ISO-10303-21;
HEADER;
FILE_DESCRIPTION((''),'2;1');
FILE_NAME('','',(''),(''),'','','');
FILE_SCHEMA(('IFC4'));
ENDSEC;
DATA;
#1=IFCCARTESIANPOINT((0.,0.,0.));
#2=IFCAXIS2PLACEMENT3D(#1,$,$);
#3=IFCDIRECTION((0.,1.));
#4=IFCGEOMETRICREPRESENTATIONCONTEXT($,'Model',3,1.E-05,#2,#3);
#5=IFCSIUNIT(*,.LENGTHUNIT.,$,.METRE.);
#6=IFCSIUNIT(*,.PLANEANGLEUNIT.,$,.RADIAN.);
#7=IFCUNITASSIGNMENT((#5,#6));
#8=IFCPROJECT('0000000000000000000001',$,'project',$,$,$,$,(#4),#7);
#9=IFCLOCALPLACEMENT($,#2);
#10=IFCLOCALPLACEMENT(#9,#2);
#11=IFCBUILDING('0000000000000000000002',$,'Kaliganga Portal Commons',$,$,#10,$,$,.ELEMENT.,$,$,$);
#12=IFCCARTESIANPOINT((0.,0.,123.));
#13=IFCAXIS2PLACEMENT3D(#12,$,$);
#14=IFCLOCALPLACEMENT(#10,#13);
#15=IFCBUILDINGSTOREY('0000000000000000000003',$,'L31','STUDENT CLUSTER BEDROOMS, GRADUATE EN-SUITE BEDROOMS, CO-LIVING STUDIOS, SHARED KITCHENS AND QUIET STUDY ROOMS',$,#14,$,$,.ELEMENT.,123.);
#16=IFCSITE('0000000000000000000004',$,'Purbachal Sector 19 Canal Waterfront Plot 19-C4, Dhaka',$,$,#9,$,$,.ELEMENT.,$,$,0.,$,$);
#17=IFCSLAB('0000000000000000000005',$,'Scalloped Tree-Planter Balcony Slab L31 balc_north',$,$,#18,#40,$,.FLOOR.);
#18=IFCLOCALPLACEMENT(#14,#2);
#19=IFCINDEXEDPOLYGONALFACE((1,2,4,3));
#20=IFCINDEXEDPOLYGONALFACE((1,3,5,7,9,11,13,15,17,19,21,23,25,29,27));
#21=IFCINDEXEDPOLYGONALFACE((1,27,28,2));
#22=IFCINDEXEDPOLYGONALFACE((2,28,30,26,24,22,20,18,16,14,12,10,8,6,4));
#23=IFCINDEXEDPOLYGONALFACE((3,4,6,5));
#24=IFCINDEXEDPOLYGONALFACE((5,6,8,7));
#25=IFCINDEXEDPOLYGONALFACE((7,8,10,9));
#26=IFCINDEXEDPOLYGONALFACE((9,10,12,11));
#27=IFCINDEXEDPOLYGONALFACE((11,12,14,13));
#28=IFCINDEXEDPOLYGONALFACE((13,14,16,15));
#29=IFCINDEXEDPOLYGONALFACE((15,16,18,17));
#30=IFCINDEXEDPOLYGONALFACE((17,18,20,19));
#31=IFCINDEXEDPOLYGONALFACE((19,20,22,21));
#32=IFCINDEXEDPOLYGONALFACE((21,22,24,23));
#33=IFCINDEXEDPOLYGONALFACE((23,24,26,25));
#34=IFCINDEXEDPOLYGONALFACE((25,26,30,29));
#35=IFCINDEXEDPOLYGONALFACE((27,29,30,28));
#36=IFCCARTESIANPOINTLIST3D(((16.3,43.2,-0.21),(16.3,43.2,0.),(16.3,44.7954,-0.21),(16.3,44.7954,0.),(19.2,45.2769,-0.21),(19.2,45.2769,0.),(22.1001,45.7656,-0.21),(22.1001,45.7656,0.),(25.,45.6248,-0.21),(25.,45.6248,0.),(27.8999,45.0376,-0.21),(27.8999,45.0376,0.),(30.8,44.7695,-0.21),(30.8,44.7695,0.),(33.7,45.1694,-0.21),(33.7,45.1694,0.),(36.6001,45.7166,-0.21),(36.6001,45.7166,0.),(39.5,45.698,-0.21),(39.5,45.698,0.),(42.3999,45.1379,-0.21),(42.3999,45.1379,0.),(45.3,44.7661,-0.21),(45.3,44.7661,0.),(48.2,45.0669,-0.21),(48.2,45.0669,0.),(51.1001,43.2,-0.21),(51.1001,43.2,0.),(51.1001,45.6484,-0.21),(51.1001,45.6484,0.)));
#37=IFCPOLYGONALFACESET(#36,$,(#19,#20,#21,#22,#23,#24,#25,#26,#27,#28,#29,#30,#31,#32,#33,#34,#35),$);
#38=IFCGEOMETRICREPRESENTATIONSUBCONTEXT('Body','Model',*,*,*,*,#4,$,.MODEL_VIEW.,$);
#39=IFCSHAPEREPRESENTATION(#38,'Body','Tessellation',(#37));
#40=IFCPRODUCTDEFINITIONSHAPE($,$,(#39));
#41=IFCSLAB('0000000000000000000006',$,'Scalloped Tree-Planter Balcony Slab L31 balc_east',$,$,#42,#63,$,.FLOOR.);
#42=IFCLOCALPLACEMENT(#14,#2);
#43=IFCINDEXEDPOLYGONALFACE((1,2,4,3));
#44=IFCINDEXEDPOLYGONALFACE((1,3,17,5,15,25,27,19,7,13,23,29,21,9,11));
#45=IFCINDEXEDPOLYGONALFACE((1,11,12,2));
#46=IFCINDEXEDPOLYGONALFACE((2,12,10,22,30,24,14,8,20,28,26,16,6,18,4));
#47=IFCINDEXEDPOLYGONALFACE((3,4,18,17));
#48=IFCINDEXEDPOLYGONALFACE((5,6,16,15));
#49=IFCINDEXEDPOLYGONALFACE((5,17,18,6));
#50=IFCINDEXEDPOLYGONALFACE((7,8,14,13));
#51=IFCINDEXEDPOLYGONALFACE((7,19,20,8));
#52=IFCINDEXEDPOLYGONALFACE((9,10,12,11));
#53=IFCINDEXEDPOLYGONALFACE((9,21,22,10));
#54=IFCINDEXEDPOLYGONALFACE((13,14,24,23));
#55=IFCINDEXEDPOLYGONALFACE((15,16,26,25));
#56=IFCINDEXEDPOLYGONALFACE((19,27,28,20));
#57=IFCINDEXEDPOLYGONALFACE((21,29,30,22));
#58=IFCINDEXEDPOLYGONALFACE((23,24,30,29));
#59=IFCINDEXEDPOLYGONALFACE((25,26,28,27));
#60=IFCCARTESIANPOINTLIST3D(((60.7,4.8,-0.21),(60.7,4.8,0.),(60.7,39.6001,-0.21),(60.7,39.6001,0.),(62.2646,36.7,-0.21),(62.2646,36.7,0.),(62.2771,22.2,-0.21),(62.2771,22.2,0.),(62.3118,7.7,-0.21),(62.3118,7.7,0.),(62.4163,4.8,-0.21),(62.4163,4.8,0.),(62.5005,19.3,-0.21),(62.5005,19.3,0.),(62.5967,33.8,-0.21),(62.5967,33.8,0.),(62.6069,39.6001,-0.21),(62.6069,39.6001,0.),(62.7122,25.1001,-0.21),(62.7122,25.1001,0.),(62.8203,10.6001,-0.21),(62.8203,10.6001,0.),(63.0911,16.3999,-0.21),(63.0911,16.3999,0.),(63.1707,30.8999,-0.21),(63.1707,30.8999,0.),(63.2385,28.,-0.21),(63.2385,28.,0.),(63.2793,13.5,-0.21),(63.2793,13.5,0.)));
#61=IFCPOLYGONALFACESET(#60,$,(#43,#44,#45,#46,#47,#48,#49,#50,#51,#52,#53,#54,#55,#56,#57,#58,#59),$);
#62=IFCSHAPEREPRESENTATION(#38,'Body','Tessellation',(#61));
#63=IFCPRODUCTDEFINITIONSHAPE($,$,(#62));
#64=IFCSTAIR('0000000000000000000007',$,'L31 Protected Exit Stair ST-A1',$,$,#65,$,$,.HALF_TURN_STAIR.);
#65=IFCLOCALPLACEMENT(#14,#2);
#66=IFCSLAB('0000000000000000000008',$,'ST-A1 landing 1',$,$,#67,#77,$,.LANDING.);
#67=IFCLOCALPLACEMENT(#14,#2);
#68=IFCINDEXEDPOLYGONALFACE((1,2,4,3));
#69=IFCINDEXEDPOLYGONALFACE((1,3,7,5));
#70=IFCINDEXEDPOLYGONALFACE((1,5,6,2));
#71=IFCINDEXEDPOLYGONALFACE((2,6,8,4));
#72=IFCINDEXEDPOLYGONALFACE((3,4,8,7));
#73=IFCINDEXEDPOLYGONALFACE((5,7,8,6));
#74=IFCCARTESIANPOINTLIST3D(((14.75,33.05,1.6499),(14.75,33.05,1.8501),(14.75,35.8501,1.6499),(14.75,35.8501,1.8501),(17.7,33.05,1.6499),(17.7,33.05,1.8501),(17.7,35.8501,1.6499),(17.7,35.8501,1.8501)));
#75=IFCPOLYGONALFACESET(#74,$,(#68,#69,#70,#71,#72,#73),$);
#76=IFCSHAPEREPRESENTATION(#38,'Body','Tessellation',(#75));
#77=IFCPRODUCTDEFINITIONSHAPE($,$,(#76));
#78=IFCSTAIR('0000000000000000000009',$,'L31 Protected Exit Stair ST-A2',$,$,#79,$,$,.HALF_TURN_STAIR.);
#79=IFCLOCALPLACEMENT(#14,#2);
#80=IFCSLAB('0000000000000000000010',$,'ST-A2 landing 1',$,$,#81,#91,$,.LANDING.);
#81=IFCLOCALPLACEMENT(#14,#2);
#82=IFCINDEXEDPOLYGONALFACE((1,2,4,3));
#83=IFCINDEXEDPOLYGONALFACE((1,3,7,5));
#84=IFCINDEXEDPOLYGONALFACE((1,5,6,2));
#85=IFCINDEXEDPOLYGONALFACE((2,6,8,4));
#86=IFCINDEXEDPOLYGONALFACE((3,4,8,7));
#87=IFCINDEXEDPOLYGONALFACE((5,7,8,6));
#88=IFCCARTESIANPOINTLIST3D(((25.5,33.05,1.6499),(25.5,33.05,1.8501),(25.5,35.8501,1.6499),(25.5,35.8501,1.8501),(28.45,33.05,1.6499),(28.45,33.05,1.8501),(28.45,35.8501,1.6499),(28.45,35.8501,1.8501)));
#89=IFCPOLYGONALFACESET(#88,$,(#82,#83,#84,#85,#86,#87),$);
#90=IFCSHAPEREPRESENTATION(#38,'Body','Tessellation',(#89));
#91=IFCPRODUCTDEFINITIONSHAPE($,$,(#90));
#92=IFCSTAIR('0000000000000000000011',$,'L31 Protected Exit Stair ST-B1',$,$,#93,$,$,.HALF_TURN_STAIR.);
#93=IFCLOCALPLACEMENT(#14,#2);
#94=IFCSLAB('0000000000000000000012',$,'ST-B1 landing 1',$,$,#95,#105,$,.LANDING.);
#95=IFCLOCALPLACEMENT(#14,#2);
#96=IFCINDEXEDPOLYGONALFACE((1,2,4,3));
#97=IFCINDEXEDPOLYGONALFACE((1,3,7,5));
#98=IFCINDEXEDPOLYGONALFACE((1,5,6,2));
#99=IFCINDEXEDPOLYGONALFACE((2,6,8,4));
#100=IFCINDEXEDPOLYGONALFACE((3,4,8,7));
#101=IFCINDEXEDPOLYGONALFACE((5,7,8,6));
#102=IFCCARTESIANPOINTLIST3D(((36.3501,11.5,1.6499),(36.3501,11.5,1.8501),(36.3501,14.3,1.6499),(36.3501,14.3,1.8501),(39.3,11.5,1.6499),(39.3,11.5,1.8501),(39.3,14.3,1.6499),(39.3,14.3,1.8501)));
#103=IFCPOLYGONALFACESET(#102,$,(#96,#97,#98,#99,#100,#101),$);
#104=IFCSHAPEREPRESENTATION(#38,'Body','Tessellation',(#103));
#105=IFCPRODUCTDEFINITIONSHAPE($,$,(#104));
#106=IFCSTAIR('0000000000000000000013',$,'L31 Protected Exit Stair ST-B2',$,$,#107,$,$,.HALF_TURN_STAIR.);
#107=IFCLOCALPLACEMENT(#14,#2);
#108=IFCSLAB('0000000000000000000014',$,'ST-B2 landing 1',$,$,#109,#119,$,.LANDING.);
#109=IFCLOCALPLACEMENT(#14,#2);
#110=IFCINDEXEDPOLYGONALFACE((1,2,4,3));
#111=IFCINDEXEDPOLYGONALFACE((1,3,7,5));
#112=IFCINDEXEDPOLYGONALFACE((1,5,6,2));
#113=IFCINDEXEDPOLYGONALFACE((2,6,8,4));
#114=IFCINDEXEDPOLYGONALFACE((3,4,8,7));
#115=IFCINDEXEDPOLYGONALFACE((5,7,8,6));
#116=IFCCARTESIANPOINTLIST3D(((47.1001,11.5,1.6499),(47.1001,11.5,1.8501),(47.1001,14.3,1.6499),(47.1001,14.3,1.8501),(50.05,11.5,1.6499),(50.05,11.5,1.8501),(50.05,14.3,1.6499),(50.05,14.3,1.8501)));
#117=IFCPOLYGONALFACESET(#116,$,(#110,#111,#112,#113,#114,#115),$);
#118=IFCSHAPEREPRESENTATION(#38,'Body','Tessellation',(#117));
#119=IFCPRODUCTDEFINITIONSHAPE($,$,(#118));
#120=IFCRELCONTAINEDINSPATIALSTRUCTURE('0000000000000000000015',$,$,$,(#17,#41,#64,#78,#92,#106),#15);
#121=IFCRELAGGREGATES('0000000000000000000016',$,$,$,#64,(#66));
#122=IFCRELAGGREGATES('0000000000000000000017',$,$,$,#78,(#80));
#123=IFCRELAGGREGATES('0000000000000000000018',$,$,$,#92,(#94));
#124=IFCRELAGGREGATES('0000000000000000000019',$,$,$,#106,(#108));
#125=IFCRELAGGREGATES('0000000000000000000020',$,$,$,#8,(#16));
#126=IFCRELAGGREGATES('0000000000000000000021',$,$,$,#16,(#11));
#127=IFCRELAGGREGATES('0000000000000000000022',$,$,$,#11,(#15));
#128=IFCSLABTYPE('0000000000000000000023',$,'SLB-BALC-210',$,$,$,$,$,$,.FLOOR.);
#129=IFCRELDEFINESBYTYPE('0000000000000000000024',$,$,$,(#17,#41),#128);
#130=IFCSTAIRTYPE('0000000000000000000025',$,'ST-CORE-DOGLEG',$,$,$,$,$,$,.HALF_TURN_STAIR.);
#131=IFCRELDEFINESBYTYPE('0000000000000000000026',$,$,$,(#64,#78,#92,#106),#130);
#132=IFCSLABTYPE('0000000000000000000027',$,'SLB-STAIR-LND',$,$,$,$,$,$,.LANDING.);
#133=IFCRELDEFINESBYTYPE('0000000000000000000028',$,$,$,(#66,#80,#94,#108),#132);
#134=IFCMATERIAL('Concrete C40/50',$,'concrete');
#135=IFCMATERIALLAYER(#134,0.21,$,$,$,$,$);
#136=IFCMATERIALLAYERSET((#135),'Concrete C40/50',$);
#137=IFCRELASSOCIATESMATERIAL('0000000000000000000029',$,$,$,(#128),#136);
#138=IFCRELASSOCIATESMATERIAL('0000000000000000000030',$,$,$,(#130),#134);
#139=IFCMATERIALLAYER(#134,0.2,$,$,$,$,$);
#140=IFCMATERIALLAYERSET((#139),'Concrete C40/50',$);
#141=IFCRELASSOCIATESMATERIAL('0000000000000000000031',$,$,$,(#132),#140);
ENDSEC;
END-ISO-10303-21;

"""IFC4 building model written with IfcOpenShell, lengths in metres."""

from ifc_helpers import new_model, si_unit, direction, frame, origin, place, context, subcontext, project, spatial, polyline, outline, extrude, material, layer, layer_set, type_object, element, aggregate, save


model = new_model("IFC4")

# Units and contexts
model_context = context("Model", 3, precision=1e-05, world=origin(), true_north=direction((0.0, 1.0)))
body_context = subcontext(model_context, "Body", "Model", "MODEL_VIEW")
ifc_project = project(units=[si_unit("LENGTHUNIT", "METRE"), si_unit("PLANEANGLEUNIT", "RADIAN")], contexts=[model_context])

# Site, building, storey
site_placement = place(None, origin())
site = spatial("IfcSite", under=ifc_project, at=site_placement, Name="Purbachal Sector 19 Canal Waterfront Plot 19-C4, Dhaka", CompositionType="ELEMENT", RefElevation=0.0)
building_placement = place(site_placement, origin())
building = spatial("IfcBuilding", under=site, at=building_placement, Name="Kaliganga Portal Commons", CompositionType="ELEMENT")
storey_placement = place(building_placement, frame((0.0, 0.0, 123.0)))
storey = spatial("IfcBuildingStorey", under=building, at=storey_placement, Name="L31", Description="STUDENT CLUSTER BEDROOMS, GRADUATE EN-SUITE BEDROOMS, CO-LIVING STUDIOS, SHARED KITCHENS AND QUIET STUDY ROOMS", CompositionType="ELEMENT", Elevation=123.0)

# Slabs
ifc_material_1 = material(Name="Concrete C40/50", Category="concrete")
ifc_layer_1 = layer(ifc_material_1, 0.21)
ifc_layer_set_1 = layer_set([ifc_layer_1], Name="Concrete C40/50")
slab_type_1 = type_object("IfcSlabType", Name="SLB-BALC-210", PredefinedType="FLOOR", material=ifc_layer_set_1)
slab_1_placement = place(storey_placement, frame((0.0, 0.0, -0.21)))
element("IfcSlab", 1, at=slab_1_placement, inside=storey, type_object=slab_type_1, Name="Scalloped Tree-Planter Balcony Slab L31 balc_north", PredefinedType="FLOOR", context=body_context, shape_type="SweptSolid", body=[
    extrude(outline(polyline([(51.1001, 43.2), (51.1001, 45.6484), (48.2, 45.0669), (45.3, 44.7661), (42.3999, 45.1379), (39.5, 45.698), (36.6001, 45.7166), (33.7, 45.1694), (30.8, 44.7695), (27.8999, 45.0376), (25.0, 45.6248), (22.1001, 45.7656), (19.2, 45.2769), (16.3, 44.7954), (16.3, 43.2), (51.1001, 43.2)])), origin(), (0.0, 0.0, 1.0), 0.21),
])
slab_2_placement = place(storey_placement, frame((0.0, 0.0, -0.21)))
element("IfcSlab", 2, at=slab_2_placement, inside=storey, type_object=slab_type_1, Name="Scalloped Tree-Planter Balcony Slab L31 balc_east", PredefinedType="FLOOR", context=body_context, shape_type="SweptSolid", body=[
    extrude(outline(polyline([(60.7, 4.8), (62.4163, 4.8), (62.3118, 7.7), (62.8203, 10.6001), (63.2793, 13.5), (63.0911, 16.3999), (62.5005, 19.3), (62.2771, 22.2), (62.7122, 25.1001), (63.2385, 28.0), (63.1707, 30.8999), (62.5967, 33.8), (62.2646, 36.7), (62.6069, 39.6001), (60.7, 39.6001), (60.7, 4.8)])), origin(), (0.0, 0.0, 1.0), 0.21),
])

# Stairs, slabs
stair_type = type_object("IfcStairType", Name="ST-CORE-DOGLEG", PredefinedType="HALF_TURN_STAIR", material=ifc_material_1)
stair_1_placement = place(storey_placement, origin())
stair_1 = element("IfcStair", 3, at=stair_1_placement, inside=storey, type_object=stair_type, Name="L31 Protected Exit Stair ST-A1", PredefinedType="HALF_TURN_STAIR")
ifc_layer_2 = layer(ifc_material_1, 0.2)
ifc_layer_set_2 = layer_set([ifc_layer_2], Name="Concrete C40/50")
slab_type_2 = type_object("IfcSlabType", Name="SLB-STAIR-LND", PredefinedType="LANDING", material=ifc_layer_set_2)
slab_3_placement = place(storey_placement, frame((0.0, 0.0, 1.6499)))
slab_3 = element("IfcSlab", 4, at=slab_3_placement, type_object=slab_type_2, Name="ST-A1 landing 1", PredefinedType="LANDING", context=body_context, shape_type="SweptSolid", body=[
    extrude(outline(polyline([(17.7, 33.05), (17.7, 35.8501), (14.75, 35.8501), (14.75, 33.05), (17.7, 33.05)])), origin(), (0.0, 0.0, 1.0), 0.2002),
])
aggregate(stair_1, [slab_3])
stair_2_placement = place(storey_placement, origin())
stair_2 = element("IfcStair", 5, at=stair_2_placement, inside=storey, type_object=stair_type, Name="L31 Protected Exit Stair ST-A2", PredefinedType="HALF_TURN_STAIR")
slab_4_placement = place(storey_placement, frame((0.0, 0.0, 1.6499)))
slab_4 = element("IfcSlab", 6, at=slab_4_placement, type_object=slab_type_2, Name="ST-A2 landing 1", PredefinedType="LANDING", context=body_context, shape_type="SweptSolid", body=[
    extrude(outline(polyline([(28.45, 33.05), (28.45, 35.8501), (25.5, 35.8501), (25.5, 33.05), (28.45, 33.05)])), origin(), (0.0, 0.0, 1.0), 0.2002),
])
aggregate(stair_2, [slab_4])
stair_3_placement = place(storey_placement, origin())
stair_3 = element("IfcStair", 7, at=stair_3_placement, inside=storey, type_object=stair_type, Name="L31 Protected Exit Stair ST-B1", PredefinedType="HALF_TURN_STAIR")
slab_5_placement = place(storey_placement, frame((0.0, 0.0, 1.6499)))
slab_5 = element("IfcSlab", 8, at=slab_5_placement, type_object=slab_type_2, Name="ST-B1 landing 1", PredefinedType="LANDING", context=body_context, shape_type="SweptSolid", body=[
    extrude(outline(polyline([(39.3, 11.5), (39.3, 14.3), (36.3501, 14.3), (36.3501, 11.5), (39.3, 11.5)])), origin(), (0.0, 0.0, 1.0), 0.2002),
])
aggregate(stair_3, [slab_5])
stair_4_placement = place(storey_placement, origin())
stair_4 = element("IfcStair", 9, at=stair_4_placement, inside=storey, type_object=stair_type, Name="L31 Protected Exit Stair ST-B2", PredefinedType="HALF_TURN_STAIR")
slab_6_placement = place(storey_placement, frame((0.0, 0.0, 1.6499)))
slab_6 = element("IfcSlab", 10, at=slab_6_placement, type_object=slab_type_2, Name="ST-B2 landing 1", PredefinedType="LANDING", context=body_context, shape_type="SweptSolid", body=[
    extrude(outline(polyline([(50.05, 11.5), (50.05, 14.3), (47.1001, 14.3), (47.1001, 11.5), (50.05, 11.5)])), origin(), (0.0, 0.0, 1.0), 0.2002),
])
aggregate(stair_4, [slab_6])

save(model, "model.ifc")
